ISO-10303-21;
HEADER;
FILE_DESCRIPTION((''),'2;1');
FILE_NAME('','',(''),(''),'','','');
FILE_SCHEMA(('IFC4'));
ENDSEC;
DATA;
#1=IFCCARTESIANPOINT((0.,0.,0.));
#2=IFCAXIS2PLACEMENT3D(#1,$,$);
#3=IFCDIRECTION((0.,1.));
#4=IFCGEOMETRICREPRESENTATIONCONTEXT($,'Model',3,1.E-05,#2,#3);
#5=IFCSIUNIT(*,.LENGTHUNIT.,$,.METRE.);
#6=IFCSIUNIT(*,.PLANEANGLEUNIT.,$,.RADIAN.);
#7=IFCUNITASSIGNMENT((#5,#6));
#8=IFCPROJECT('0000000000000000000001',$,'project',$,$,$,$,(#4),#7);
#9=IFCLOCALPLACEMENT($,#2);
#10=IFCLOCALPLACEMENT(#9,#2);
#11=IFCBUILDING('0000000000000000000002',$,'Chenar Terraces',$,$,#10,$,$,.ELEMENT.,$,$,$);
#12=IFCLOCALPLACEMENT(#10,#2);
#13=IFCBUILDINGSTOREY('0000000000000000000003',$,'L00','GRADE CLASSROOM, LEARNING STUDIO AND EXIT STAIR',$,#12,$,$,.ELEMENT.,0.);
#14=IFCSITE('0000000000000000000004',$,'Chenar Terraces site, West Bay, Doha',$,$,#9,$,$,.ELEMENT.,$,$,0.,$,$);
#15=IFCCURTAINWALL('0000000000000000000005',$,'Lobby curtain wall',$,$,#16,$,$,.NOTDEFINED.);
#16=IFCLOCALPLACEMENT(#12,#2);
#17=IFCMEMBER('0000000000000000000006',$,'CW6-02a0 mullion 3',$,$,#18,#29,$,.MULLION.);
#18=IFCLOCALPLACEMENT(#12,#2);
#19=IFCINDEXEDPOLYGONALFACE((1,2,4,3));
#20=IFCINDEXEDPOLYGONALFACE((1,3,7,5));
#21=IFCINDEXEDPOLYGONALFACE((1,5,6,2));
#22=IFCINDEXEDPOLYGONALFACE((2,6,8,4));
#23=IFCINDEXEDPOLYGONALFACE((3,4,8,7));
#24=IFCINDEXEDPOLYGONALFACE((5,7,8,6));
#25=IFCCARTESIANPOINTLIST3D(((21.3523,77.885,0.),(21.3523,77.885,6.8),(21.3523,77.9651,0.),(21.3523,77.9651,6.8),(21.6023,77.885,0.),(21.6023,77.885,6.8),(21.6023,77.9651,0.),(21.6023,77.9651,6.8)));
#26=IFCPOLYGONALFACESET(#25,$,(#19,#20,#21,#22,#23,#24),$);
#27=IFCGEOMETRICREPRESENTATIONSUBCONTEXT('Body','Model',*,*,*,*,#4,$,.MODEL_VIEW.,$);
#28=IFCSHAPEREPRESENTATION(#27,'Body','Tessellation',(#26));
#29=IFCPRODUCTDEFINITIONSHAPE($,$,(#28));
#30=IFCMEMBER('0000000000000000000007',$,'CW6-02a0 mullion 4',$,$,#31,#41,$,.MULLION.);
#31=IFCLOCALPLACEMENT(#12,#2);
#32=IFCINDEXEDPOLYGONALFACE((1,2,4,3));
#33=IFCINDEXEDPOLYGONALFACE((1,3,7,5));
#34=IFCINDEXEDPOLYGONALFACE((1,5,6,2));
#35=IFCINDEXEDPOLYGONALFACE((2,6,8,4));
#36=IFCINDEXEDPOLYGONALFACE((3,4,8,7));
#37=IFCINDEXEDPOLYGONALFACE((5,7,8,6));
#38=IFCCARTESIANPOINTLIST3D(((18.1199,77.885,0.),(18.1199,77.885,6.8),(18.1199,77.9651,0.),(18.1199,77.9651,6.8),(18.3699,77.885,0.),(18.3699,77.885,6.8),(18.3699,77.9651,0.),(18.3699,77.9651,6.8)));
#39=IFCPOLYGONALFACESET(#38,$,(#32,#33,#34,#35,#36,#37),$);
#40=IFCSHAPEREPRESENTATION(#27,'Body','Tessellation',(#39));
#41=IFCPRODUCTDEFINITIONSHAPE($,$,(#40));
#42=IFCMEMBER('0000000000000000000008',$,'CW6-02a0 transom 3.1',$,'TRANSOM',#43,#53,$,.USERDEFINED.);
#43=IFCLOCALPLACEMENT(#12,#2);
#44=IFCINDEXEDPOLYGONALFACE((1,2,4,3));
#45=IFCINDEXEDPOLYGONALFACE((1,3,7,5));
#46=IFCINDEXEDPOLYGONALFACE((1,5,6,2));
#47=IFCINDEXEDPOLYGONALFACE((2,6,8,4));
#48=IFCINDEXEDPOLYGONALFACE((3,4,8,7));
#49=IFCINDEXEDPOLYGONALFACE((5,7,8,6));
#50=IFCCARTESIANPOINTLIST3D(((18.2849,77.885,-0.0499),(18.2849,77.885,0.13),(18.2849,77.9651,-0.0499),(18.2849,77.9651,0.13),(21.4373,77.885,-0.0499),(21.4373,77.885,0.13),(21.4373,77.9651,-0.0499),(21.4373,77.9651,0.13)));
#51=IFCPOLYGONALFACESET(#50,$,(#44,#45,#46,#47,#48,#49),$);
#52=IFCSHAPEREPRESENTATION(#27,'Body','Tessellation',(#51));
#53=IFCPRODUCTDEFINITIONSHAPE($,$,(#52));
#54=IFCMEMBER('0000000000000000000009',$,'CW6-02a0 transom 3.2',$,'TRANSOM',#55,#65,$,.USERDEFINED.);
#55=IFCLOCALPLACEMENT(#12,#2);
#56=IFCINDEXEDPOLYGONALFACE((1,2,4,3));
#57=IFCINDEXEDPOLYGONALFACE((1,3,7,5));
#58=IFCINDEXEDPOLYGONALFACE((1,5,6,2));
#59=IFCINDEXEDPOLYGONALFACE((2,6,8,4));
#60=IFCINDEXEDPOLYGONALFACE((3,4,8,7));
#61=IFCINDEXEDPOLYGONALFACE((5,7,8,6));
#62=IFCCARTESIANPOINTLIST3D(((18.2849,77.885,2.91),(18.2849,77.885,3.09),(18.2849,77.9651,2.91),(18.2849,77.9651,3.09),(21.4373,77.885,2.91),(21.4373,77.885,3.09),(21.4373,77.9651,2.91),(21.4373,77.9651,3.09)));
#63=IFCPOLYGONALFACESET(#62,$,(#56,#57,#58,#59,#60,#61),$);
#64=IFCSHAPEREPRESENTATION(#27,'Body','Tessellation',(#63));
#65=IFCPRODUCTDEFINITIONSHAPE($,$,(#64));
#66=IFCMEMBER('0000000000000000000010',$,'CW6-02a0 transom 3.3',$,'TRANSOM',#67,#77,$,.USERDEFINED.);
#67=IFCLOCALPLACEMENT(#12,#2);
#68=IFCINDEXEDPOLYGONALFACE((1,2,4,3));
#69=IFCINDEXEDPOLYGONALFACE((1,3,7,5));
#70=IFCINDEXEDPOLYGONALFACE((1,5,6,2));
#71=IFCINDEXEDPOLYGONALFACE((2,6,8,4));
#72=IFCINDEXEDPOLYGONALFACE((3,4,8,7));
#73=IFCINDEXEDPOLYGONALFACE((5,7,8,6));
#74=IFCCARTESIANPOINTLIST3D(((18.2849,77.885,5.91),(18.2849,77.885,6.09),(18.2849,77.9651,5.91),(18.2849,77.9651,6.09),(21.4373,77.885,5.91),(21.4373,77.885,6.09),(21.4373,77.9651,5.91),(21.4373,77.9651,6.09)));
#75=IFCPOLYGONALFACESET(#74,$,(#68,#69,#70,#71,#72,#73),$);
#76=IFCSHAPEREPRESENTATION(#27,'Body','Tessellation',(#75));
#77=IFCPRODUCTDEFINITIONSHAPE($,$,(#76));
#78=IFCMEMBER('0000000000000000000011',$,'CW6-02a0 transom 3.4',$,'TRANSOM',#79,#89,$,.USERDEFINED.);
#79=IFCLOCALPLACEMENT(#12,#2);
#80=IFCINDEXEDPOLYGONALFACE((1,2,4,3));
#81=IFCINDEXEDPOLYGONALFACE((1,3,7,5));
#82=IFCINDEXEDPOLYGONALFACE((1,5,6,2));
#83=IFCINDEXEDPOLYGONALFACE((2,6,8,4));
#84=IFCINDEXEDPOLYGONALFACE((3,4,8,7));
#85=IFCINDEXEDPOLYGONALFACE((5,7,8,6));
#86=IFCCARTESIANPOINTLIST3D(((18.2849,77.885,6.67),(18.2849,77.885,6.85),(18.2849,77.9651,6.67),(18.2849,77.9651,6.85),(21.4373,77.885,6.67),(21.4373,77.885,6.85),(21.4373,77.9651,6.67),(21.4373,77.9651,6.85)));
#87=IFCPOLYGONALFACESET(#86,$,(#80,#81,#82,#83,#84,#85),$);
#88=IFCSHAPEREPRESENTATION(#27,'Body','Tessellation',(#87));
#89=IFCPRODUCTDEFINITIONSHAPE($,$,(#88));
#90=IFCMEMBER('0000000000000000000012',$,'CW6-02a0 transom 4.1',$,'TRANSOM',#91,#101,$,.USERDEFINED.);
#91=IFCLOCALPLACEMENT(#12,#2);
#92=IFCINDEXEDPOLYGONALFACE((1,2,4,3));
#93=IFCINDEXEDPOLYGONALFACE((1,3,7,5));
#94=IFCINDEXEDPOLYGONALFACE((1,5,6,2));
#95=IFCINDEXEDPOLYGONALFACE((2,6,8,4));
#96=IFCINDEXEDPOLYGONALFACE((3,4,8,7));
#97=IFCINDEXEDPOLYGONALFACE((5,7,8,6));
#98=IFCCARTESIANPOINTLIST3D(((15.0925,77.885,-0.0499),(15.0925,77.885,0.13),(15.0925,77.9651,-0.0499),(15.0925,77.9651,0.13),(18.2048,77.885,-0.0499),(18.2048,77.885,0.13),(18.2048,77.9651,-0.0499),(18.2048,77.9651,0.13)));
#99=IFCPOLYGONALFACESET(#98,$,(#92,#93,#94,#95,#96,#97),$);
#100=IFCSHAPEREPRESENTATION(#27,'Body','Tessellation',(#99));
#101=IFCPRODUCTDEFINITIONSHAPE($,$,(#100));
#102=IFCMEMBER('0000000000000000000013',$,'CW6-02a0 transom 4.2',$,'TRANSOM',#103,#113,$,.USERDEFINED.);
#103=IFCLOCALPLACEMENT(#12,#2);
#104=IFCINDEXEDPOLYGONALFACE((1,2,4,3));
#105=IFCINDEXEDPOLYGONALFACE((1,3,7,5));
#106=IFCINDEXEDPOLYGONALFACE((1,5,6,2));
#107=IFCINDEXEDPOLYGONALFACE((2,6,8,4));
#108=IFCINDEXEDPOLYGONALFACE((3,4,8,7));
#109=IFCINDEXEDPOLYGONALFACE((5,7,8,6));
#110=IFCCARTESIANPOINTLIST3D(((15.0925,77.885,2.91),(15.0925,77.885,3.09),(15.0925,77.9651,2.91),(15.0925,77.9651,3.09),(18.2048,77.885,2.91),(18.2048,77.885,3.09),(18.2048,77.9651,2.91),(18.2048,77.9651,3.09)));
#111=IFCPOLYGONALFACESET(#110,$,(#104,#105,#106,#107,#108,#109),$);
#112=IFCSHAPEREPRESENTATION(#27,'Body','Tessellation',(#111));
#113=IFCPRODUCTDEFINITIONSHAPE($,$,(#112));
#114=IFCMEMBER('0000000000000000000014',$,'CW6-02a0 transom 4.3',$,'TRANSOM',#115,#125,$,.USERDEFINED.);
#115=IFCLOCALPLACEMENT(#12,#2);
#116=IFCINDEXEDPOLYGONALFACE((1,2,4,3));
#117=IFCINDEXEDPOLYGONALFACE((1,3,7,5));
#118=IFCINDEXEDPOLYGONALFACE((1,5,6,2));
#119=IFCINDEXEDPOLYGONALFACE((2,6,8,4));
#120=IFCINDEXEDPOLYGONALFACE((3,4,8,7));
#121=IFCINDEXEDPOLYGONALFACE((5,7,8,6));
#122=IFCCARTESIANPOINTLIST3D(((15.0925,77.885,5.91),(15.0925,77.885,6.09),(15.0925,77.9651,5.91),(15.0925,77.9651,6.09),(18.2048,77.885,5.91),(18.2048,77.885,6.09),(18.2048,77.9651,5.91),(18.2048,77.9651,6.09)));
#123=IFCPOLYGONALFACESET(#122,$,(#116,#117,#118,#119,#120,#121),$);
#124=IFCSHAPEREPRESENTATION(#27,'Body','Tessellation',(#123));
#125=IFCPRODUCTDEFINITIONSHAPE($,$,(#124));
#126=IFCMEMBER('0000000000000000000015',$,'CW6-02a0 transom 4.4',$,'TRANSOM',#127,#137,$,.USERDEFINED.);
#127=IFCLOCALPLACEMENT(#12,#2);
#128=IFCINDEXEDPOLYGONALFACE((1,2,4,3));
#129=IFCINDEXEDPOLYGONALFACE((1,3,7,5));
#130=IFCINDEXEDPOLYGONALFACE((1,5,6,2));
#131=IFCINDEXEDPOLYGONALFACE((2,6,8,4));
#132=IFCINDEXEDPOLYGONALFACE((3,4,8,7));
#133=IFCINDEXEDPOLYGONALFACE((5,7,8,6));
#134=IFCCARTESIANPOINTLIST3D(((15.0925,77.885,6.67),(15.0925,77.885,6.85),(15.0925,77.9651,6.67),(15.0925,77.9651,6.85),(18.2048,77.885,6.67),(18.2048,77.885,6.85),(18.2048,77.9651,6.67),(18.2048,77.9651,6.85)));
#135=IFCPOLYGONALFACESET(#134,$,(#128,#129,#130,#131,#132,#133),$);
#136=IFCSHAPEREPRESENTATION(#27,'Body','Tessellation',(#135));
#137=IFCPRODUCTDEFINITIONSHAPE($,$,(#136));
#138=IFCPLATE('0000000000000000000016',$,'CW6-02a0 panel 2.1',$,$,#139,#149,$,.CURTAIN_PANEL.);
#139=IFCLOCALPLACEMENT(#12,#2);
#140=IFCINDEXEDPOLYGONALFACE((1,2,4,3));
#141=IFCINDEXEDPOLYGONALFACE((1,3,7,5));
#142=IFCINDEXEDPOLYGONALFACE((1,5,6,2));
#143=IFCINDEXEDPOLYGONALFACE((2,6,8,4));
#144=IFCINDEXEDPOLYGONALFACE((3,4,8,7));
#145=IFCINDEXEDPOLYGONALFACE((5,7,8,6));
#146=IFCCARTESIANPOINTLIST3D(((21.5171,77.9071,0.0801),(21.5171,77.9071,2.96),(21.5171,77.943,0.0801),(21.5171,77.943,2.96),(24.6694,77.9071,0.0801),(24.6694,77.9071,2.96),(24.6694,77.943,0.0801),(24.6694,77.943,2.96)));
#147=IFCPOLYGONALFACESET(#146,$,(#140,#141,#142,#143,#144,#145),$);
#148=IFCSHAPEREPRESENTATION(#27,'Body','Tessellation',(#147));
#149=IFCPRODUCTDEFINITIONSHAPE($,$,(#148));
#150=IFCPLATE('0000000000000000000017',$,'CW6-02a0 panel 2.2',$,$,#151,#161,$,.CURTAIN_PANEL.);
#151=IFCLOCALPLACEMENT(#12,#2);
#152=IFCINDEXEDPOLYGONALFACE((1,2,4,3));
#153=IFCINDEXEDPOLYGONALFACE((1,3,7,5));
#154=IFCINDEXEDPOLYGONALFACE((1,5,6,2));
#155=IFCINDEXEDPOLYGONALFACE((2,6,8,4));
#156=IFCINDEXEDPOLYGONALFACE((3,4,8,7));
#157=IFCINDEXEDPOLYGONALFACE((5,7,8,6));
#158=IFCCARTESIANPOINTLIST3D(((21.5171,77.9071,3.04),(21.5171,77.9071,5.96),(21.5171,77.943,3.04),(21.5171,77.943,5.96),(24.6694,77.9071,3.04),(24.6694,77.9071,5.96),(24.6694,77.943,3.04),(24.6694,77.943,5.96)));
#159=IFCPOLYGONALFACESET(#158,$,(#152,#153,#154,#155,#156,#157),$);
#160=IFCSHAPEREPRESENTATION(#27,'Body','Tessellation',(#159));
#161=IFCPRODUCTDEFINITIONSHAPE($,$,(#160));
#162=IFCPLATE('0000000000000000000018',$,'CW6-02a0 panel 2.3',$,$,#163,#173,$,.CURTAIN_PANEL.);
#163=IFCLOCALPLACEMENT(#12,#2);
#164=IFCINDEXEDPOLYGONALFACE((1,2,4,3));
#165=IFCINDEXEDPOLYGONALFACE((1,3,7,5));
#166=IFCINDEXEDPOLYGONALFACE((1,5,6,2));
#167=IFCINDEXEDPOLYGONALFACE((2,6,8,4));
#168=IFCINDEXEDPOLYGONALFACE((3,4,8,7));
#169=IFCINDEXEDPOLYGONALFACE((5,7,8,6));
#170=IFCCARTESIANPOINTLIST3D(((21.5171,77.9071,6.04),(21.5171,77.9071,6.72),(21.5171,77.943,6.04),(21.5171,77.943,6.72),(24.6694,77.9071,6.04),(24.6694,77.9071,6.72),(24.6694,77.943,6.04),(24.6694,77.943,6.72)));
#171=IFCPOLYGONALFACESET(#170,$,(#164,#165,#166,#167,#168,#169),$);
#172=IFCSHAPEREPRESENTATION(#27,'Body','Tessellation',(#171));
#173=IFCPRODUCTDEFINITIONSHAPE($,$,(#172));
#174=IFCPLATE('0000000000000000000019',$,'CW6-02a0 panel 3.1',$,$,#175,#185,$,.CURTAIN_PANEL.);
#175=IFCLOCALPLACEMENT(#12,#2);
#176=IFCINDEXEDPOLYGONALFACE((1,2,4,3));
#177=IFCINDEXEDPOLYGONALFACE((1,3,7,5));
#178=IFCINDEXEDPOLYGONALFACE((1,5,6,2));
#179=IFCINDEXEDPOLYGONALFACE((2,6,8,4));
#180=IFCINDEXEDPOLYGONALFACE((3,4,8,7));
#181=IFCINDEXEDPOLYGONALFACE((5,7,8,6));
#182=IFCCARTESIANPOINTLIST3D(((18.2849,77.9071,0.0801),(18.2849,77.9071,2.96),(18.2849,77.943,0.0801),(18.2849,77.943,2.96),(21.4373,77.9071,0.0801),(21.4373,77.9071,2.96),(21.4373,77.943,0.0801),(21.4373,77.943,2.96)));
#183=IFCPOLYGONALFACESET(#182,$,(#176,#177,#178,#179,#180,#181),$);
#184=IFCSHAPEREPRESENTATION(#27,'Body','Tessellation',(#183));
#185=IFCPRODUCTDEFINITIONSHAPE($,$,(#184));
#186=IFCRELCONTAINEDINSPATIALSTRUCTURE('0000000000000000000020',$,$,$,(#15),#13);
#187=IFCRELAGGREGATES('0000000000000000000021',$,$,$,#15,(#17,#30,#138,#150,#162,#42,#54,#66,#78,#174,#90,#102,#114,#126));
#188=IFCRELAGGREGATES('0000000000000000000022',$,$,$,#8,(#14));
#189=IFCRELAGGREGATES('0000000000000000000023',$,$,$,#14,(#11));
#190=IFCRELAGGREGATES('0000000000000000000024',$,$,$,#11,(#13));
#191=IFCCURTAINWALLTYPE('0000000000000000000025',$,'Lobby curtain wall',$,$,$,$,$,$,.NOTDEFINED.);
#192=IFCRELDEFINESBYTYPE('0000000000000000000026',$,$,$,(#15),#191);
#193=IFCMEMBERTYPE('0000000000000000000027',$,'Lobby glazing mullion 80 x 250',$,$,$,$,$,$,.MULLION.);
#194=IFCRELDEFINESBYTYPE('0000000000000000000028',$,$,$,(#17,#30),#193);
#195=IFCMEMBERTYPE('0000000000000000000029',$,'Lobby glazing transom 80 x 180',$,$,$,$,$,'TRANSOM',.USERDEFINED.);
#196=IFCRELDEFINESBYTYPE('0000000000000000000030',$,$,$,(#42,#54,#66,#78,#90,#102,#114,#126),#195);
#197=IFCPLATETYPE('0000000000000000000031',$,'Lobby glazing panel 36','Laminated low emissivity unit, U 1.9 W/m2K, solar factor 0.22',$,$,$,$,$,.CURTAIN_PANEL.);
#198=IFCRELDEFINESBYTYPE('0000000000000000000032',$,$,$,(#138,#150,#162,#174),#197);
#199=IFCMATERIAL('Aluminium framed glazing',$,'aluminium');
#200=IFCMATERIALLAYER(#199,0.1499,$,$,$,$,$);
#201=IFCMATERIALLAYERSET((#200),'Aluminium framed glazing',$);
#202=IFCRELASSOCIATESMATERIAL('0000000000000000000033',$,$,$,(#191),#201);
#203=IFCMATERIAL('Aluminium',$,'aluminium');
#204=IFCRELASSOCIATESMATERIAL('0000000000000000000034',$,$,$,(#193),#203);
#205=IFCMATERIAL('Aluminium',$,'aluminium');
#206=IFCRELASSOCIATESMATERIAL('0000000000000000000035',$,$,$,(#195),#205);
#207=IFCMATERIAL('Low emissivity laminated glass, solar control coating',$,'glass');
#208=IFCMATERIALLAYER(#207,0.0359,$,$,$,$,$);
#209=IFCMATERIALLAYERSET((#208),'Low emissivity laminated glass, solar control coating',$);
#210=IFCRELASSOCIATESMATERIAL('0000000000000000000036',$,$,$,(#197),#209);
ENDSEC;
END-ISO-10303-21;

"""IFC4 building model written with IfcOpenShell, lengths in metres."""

from ifc_helpers import new_model, si_unit, direction, frame, origin, origin_2d, place, context, subcontext, project, spatial, rectangle, extrude, material, layer, layer_set, material_profile, profile_set, type_object, element, aggregate, save


model = new_model("IFC4")

# Units and contexts
model_context = context("Model", 3, precision=1e-05, world=origin(), true_north=direction((0.0, 1.0)))
body_context = subcontext(model_context, "Body", "Model", "MODEL_VIEW")
ifc_project = project(units=[si_unit("LENGTHUNIT", "METRE"), si_unit("PLANEANGLEUNIT", "RADIAN")], contexts=[model_context])

# Site, building, storey
site_placement = place(None, origin())
site = spatial("IfcSite", under=ifc_project, at=site_placement, Name="Chenar Terraces site, West Bay, Doha", CompositionType="ELEMENT", RefElevation=0.0)
building_placement = place(site_placement, origin())
building = spatial("IfcBuilding", under=site, at=building_placement, Name="Chenar Terraces", CompositionType="ELEMENT")
storey_placement = place(building_placement, origin())
storey = spatial("IfcBuildingStorey", under=building, at=storey_placement, Name="L00", Description="GRADE CLASSROOM, LEARNING STUDIO AND EXIT STAIR", CompositionType="ELEMENT", Elevation=0.0)

# Curtain wall, members, plates
ifc_material_1 = material(Name="Aluminium framed glazing", Category="aluminium")
ifc_layer_1 = layer(ifc_material_1, 0.1499)
ifc_layer_set_1 = layer_set([ifc_layer_1], Name="Aluminium framed glazing")
curtain_wall_type = type_object("IfcCurtainWallType", Name="Lobby curtain wall", PredefinedType="NOTDEFINED", material=ifc_layer_set_1)
curtain_wall_placement = place(storey_placement, origin())
curtain_wall = element("IfcCurtainWall", 1, at=curtain_wall_placement, inside=storey, type_object=curtain_wall_type, Name="Lobby curtain wall", PredefinedType="NOTDEFINED")
ifc_material_2 = material(Name="Aluminium", Category="aluminium")
ifc_material_profile_1 = material_profile(ifc_material_2, rectangle(XDim=0.0801, YDim=0.25, at=origin_2d()), Name="Lobby glazing mullion 80 x 250")
ifc_profile_set_1 = profile_set([ifc_material_profile_1], Name="Aluminium")
member_type_1 = type_object("IfcMemberType", Name="Lobby glazing mullion 80 x 250", PredefinedType="MULLION", material=ifc_profile_set_1)
member_1_placement = place(storey_placement, frame((21.4773, 77.925, 0.0), z_axis=(0.0, 0.0, 1.0), x_axis=(0.0, -1.0, 0.0)))
member_1 = element("IfcMember", 2, at=member_1_placement, type_object=member_type_1, Name="CW6-02a0 mullion 3", PredefinedType="MULLION", context=body_context, shape_type="SweptSolid", body=[
    extrude(rectangle(XDim=0.0801, YDim=0.25, at=origin_2d()), origin(), (0.0, 0.0, 1.0), 6.8),
])
member_2_placement = place(storey_placement, frame((18.2449, 77.925, 0.0), z_axis=(0.0, 0.0, 1.0), x_axis=(0.0, -1.0, 0.0)))
member_2 = element("IfcMember", 3, at=member_2_placement, type_object=member_type_1, Name="CW6-02a0 mullion 4", PredefinedType="MULLION", context=body_context, shape_type="SweptSolid", body=[
    extrude(rectangle(XDim=0.0801, YDim=0.25, at=origin_2d()), origin(), (0.0, 0.0, 1.0), 6.8),
])
ifc_material_3 = material(Name="Aluminium", Category="aluminium")
ifc_material_profile_2 = material_profile(ifc_material_3, rectangle(XDim=0.0801, YDim=0.1799, at=origin_2d()), Name="Lobby glazing transom 80 x 180")
ifc_profile_set_2 = profile_set([ifc_material_profile_2], Name="Aluminium")
member_type_2 = type_object("IfcMemberType", Name="Lobby glazing transom 80 x 180", ElementType="TRANSOM", PredefinedType="USERDEFINED", material=ifc_profile_set_2)
member_3_placement = place(storey_placement, frame((21.4373, 77.925, 0.04), z_axis=(-1.0, 0.0, 0.0), x_axis=(0.0, -1.0, 0.0)))
member_3 = element("IfcMember", 4, at=member_3_placement, type_object=member_type_2, Name="CW6-02a0 transom 3.1", ObjectType="TRANSOM", PredefinedType="USERDEFINED", context=body_context, shape_type="SweptSolid", body=[
    extrude(rectangle(XDim=0.0801, YDim=0.1799, at=origin_2d()), origin(), (0.0, 0.0, 1.0), 3.1523),
])
member_4_placement = place(storey_placement, frame((21.4373, 77.925, 3.0), z_axis=(-1.0, 0.0, 0.0), x_axis=(0.0, -1.0, 0.0)))
member_4 = element("IfcMember", 5, at=member_4_placement, type_object=member_type_2, Name="CW6-02a0 transom 3.2", ObjectType="TRANSOM", PredefinedType="USERDEFINED", context=body_context, shape_type="SweptSolid", body=[
    extrude(rectangle(XDim=0.0801, YDim=0.1799, at=origin_2d()), origin(), (0.0, 0.0, 1.0), 3.1523),
])
member_5_placement = place(storey_placement, frame((21.4373, 77.925, 6.0), z_axis=(-1.0, 0.0, 0.0), x_axis=(0.0, -1.0, 0.0)))
member_5 = element("IfcMember", 6, at=member_5_placement, type_object=member_type_2, Name="CW6-02a0 transom 3.3", ObjectType="TRANSOM", PredefinedType="USERDEFINED", context=body_context, shape_type="SweptSolid", body=[
    extrude(rectangle(XDim=0.0801, YDim=0.1799, at=origin_2d()), origin(), (0.0, 0.0, 1.0), 3.1523),
])
member_6_placement = place(storey_placement, frame((21.4373, 77.925, 6.76), z_axis=(-1.0, 0.0, 0.0), x_axis=(0.0, -1.0, 0.0)))
member_6 = element("IfcMember", 7, at=member_6_placement, type_object=member_type_2, Name="CW6-02a0 transom 3.4", ObjectType="TRANSOM", PredefinedType="USERDEFINED", context=body_context, shape_type="SweptSolid", body=[
    extrude(rectangle(XDim=0.0801, YDim=0.1799, at=origin_2d()), origin(), (0.0, 0.0, 1.0), 3.1523),
])
member_7_placement = place(storey_placement, frame((18.2048, 77.925, 0.04), z_axis=(-1.0, 0.0, 0.0), x_axis=(0.0, -1.0, 0.0)))
member_7 = element("IfcMember", 8, at=member_7_placement, type_object=member_type_2, Name="CW6-02a0 transom 4.1", ObjectType="TRANSOM", PredefinedType="USERDEFINED", context=body_context, shape_type="SweptSolid", body=[
    extrude(rectangle(XDim=0.0801, YDim=0.1799, at=origin_2d()), origin(), (0.0, 0.0, 1.0), 3.1123),
])
member_8_placement = place(storey_placement, frame((18.2048, 77.925, 3.0), z_axis=(-1.0, 0.0, 0.0), x_axis=(0.0, -1.0, 0.0)))
member_8 = element("IfcMember", 9, at=member_8_placement, type_object=member_type_2, Name="CW6-02a0 transom 4.2", ObjectType="TRANSOM", PredefinedType="USERDEFINED", context=body_context, shape_type="SweptSolid", body=[
    extrude(rectangle(XDim=0.0801, YDim=0.1799, at=origin_2d()), origin(), (0.0, 0.0, 1.0), 3.1123),
])
member_9_placement = place(storey_placement, frame((18.2048, 77.925, 6.0), z_axis=(-1.0, 0.0, 0.0), x_axis=(0.0, -1.0, 0.0)))
member_9 = element("IfcMember", 10, at=member_9_placement, type_object=member_type_2, Name="CW6-02a0 transom 4.3", ObjectType="TRANSOM", PredefinedType="USERDEFINED", context=body_context, shape_type="SweptSolid", body=[
    extrude(rectangle(XDim=0.0801, YDim=0.1799, at=origin_2d()), origin(), (0.0, 0.0, 1.0), 3.1123),
])
member_10_placement = place(storey_placement, frame((18.2048, 77.925, 6.76), z_axis=(-1.0, 0.0, 0.0), x_axis=(0.0, -1.0, 0.0)))
member_10 = element("IfcMember", 11, at=member_10_placement, type_object=member_type_2, Name="CW6-02a0 transom 4.4", ObjectType="TRANSOM", PredefinedType="USERDEFINED", context=body_context, shape_type="SweptSolid", body=[
    extrude(rectangle(XDim=0.0801, YDim=0.1799, at=origin_2d()), origin(), (0.0, 0.0, 1.0), 3.1123),
])
ifc_material_4 = material(Name="Low emissivity laminated glass, solar control coating", Category="glass")
ifc_layer_2 = layer(ifc_material_4, 0.0359)
ifc_layer_set_2 = layer_set([ifc_layer_2], Name="Low emissivity laminated glass, solar control coating")
plate_type = type_object("IfcPlateType", Name="Lobby glazing panel 36", Description="Laminated low emissivity unit, U 1.9 W/m2K, solar factor 0.22", PredefinedType="CURTAIN_PANEL", material=ifc_layer_set_2)
plate_1_placement = place(storey_placement, frame((23.0933, 77.925, 0.0801), z_axis=(0.0, 0.0, 1.0), x_axis=(-1.0, 0.0, 0.0)))
plate_1 = element("IfcPlate", 12, at=plate_1_placement, type_object=plate_type, Name="CW6-02a0 panel 2.1", PredefinedType="CURTAIN_PANEL", context=body_context, shape_type="SweptSolid", body=[
    extrude(rectangle(XDim=3.1523, YDim=0.0359, at=origin_2d()), origin(), (0.0, 0.0, 1.0), 2.8799),
])
plate_2_placement = place(storey_placement, frame((23.0933, 77.925, 3.04), z_axis=(0.0, 0.0, 1.0), x_axis=(-1.0, 0.0, 0.0)))
plate_2 = element("IfcPlate", 13, at=plate_2_placement, type_object=plate_type, Name="CW6-02a0 panel 2.2", PredefinedType="CURTAIN_PANEL", context=body_context, shape_type="SweptSolid", body=[
    extrude(rectangle(XDim=3.1523, YDim=0.0359, at=origin_2d()), origin(), (0.0, 0.0, 1.0), 2.9199),
])
plate_3_placement = place(storey_placement, frame((23.0933, 77.925, 6.04), z_axis=(0.0, 0.0, 1.0), x_axis=(-1.0, 0.0, 0.0)))
plate_3 = element("IfcPlate", 14, at=plate_3_placement, type_object=plate_type, Name="CW6-02a0 panel 2.3", PredefinedType="CURTAIN_PANEL", context=body_context, shape_type="SweptSolid", body=[
    extrude(rectangle(XDim=3.1523, YDim=0.0359, at=origin_2d()), origin(), (0.0, 0.0, 1.0), 0.6799),
])
plate_4_placement = place(storey_placement, frame((19.8611, 77.925, 0.0801), z_axis=(0.0, 0.0, 1.0), x_axis=(-1.0, 0.0, 0.0)))
plate_4 = element("IfcPlate", 15, at=plate_4_placement, type_object=plate_type, Name="CW6-02a0 panel 3.1", PredefinedType="CURTAIN_PANEL", context=body_context, shape_type="SweptSolid", body=[
    extrude(rectangle(XDim=3.1523, YDim=0.0359, at=origin_2d()), origin(), (0.0, 0.0, 1.0), 2.8799),
])
aggregate(curtain_wall, [member_1, member_2, plate_1, plate_2, plate_3, member_3, member_4, member_5, member_6, plate_4, member_7, member_8, member_9, member_10])

save(model, "model.ifc")
